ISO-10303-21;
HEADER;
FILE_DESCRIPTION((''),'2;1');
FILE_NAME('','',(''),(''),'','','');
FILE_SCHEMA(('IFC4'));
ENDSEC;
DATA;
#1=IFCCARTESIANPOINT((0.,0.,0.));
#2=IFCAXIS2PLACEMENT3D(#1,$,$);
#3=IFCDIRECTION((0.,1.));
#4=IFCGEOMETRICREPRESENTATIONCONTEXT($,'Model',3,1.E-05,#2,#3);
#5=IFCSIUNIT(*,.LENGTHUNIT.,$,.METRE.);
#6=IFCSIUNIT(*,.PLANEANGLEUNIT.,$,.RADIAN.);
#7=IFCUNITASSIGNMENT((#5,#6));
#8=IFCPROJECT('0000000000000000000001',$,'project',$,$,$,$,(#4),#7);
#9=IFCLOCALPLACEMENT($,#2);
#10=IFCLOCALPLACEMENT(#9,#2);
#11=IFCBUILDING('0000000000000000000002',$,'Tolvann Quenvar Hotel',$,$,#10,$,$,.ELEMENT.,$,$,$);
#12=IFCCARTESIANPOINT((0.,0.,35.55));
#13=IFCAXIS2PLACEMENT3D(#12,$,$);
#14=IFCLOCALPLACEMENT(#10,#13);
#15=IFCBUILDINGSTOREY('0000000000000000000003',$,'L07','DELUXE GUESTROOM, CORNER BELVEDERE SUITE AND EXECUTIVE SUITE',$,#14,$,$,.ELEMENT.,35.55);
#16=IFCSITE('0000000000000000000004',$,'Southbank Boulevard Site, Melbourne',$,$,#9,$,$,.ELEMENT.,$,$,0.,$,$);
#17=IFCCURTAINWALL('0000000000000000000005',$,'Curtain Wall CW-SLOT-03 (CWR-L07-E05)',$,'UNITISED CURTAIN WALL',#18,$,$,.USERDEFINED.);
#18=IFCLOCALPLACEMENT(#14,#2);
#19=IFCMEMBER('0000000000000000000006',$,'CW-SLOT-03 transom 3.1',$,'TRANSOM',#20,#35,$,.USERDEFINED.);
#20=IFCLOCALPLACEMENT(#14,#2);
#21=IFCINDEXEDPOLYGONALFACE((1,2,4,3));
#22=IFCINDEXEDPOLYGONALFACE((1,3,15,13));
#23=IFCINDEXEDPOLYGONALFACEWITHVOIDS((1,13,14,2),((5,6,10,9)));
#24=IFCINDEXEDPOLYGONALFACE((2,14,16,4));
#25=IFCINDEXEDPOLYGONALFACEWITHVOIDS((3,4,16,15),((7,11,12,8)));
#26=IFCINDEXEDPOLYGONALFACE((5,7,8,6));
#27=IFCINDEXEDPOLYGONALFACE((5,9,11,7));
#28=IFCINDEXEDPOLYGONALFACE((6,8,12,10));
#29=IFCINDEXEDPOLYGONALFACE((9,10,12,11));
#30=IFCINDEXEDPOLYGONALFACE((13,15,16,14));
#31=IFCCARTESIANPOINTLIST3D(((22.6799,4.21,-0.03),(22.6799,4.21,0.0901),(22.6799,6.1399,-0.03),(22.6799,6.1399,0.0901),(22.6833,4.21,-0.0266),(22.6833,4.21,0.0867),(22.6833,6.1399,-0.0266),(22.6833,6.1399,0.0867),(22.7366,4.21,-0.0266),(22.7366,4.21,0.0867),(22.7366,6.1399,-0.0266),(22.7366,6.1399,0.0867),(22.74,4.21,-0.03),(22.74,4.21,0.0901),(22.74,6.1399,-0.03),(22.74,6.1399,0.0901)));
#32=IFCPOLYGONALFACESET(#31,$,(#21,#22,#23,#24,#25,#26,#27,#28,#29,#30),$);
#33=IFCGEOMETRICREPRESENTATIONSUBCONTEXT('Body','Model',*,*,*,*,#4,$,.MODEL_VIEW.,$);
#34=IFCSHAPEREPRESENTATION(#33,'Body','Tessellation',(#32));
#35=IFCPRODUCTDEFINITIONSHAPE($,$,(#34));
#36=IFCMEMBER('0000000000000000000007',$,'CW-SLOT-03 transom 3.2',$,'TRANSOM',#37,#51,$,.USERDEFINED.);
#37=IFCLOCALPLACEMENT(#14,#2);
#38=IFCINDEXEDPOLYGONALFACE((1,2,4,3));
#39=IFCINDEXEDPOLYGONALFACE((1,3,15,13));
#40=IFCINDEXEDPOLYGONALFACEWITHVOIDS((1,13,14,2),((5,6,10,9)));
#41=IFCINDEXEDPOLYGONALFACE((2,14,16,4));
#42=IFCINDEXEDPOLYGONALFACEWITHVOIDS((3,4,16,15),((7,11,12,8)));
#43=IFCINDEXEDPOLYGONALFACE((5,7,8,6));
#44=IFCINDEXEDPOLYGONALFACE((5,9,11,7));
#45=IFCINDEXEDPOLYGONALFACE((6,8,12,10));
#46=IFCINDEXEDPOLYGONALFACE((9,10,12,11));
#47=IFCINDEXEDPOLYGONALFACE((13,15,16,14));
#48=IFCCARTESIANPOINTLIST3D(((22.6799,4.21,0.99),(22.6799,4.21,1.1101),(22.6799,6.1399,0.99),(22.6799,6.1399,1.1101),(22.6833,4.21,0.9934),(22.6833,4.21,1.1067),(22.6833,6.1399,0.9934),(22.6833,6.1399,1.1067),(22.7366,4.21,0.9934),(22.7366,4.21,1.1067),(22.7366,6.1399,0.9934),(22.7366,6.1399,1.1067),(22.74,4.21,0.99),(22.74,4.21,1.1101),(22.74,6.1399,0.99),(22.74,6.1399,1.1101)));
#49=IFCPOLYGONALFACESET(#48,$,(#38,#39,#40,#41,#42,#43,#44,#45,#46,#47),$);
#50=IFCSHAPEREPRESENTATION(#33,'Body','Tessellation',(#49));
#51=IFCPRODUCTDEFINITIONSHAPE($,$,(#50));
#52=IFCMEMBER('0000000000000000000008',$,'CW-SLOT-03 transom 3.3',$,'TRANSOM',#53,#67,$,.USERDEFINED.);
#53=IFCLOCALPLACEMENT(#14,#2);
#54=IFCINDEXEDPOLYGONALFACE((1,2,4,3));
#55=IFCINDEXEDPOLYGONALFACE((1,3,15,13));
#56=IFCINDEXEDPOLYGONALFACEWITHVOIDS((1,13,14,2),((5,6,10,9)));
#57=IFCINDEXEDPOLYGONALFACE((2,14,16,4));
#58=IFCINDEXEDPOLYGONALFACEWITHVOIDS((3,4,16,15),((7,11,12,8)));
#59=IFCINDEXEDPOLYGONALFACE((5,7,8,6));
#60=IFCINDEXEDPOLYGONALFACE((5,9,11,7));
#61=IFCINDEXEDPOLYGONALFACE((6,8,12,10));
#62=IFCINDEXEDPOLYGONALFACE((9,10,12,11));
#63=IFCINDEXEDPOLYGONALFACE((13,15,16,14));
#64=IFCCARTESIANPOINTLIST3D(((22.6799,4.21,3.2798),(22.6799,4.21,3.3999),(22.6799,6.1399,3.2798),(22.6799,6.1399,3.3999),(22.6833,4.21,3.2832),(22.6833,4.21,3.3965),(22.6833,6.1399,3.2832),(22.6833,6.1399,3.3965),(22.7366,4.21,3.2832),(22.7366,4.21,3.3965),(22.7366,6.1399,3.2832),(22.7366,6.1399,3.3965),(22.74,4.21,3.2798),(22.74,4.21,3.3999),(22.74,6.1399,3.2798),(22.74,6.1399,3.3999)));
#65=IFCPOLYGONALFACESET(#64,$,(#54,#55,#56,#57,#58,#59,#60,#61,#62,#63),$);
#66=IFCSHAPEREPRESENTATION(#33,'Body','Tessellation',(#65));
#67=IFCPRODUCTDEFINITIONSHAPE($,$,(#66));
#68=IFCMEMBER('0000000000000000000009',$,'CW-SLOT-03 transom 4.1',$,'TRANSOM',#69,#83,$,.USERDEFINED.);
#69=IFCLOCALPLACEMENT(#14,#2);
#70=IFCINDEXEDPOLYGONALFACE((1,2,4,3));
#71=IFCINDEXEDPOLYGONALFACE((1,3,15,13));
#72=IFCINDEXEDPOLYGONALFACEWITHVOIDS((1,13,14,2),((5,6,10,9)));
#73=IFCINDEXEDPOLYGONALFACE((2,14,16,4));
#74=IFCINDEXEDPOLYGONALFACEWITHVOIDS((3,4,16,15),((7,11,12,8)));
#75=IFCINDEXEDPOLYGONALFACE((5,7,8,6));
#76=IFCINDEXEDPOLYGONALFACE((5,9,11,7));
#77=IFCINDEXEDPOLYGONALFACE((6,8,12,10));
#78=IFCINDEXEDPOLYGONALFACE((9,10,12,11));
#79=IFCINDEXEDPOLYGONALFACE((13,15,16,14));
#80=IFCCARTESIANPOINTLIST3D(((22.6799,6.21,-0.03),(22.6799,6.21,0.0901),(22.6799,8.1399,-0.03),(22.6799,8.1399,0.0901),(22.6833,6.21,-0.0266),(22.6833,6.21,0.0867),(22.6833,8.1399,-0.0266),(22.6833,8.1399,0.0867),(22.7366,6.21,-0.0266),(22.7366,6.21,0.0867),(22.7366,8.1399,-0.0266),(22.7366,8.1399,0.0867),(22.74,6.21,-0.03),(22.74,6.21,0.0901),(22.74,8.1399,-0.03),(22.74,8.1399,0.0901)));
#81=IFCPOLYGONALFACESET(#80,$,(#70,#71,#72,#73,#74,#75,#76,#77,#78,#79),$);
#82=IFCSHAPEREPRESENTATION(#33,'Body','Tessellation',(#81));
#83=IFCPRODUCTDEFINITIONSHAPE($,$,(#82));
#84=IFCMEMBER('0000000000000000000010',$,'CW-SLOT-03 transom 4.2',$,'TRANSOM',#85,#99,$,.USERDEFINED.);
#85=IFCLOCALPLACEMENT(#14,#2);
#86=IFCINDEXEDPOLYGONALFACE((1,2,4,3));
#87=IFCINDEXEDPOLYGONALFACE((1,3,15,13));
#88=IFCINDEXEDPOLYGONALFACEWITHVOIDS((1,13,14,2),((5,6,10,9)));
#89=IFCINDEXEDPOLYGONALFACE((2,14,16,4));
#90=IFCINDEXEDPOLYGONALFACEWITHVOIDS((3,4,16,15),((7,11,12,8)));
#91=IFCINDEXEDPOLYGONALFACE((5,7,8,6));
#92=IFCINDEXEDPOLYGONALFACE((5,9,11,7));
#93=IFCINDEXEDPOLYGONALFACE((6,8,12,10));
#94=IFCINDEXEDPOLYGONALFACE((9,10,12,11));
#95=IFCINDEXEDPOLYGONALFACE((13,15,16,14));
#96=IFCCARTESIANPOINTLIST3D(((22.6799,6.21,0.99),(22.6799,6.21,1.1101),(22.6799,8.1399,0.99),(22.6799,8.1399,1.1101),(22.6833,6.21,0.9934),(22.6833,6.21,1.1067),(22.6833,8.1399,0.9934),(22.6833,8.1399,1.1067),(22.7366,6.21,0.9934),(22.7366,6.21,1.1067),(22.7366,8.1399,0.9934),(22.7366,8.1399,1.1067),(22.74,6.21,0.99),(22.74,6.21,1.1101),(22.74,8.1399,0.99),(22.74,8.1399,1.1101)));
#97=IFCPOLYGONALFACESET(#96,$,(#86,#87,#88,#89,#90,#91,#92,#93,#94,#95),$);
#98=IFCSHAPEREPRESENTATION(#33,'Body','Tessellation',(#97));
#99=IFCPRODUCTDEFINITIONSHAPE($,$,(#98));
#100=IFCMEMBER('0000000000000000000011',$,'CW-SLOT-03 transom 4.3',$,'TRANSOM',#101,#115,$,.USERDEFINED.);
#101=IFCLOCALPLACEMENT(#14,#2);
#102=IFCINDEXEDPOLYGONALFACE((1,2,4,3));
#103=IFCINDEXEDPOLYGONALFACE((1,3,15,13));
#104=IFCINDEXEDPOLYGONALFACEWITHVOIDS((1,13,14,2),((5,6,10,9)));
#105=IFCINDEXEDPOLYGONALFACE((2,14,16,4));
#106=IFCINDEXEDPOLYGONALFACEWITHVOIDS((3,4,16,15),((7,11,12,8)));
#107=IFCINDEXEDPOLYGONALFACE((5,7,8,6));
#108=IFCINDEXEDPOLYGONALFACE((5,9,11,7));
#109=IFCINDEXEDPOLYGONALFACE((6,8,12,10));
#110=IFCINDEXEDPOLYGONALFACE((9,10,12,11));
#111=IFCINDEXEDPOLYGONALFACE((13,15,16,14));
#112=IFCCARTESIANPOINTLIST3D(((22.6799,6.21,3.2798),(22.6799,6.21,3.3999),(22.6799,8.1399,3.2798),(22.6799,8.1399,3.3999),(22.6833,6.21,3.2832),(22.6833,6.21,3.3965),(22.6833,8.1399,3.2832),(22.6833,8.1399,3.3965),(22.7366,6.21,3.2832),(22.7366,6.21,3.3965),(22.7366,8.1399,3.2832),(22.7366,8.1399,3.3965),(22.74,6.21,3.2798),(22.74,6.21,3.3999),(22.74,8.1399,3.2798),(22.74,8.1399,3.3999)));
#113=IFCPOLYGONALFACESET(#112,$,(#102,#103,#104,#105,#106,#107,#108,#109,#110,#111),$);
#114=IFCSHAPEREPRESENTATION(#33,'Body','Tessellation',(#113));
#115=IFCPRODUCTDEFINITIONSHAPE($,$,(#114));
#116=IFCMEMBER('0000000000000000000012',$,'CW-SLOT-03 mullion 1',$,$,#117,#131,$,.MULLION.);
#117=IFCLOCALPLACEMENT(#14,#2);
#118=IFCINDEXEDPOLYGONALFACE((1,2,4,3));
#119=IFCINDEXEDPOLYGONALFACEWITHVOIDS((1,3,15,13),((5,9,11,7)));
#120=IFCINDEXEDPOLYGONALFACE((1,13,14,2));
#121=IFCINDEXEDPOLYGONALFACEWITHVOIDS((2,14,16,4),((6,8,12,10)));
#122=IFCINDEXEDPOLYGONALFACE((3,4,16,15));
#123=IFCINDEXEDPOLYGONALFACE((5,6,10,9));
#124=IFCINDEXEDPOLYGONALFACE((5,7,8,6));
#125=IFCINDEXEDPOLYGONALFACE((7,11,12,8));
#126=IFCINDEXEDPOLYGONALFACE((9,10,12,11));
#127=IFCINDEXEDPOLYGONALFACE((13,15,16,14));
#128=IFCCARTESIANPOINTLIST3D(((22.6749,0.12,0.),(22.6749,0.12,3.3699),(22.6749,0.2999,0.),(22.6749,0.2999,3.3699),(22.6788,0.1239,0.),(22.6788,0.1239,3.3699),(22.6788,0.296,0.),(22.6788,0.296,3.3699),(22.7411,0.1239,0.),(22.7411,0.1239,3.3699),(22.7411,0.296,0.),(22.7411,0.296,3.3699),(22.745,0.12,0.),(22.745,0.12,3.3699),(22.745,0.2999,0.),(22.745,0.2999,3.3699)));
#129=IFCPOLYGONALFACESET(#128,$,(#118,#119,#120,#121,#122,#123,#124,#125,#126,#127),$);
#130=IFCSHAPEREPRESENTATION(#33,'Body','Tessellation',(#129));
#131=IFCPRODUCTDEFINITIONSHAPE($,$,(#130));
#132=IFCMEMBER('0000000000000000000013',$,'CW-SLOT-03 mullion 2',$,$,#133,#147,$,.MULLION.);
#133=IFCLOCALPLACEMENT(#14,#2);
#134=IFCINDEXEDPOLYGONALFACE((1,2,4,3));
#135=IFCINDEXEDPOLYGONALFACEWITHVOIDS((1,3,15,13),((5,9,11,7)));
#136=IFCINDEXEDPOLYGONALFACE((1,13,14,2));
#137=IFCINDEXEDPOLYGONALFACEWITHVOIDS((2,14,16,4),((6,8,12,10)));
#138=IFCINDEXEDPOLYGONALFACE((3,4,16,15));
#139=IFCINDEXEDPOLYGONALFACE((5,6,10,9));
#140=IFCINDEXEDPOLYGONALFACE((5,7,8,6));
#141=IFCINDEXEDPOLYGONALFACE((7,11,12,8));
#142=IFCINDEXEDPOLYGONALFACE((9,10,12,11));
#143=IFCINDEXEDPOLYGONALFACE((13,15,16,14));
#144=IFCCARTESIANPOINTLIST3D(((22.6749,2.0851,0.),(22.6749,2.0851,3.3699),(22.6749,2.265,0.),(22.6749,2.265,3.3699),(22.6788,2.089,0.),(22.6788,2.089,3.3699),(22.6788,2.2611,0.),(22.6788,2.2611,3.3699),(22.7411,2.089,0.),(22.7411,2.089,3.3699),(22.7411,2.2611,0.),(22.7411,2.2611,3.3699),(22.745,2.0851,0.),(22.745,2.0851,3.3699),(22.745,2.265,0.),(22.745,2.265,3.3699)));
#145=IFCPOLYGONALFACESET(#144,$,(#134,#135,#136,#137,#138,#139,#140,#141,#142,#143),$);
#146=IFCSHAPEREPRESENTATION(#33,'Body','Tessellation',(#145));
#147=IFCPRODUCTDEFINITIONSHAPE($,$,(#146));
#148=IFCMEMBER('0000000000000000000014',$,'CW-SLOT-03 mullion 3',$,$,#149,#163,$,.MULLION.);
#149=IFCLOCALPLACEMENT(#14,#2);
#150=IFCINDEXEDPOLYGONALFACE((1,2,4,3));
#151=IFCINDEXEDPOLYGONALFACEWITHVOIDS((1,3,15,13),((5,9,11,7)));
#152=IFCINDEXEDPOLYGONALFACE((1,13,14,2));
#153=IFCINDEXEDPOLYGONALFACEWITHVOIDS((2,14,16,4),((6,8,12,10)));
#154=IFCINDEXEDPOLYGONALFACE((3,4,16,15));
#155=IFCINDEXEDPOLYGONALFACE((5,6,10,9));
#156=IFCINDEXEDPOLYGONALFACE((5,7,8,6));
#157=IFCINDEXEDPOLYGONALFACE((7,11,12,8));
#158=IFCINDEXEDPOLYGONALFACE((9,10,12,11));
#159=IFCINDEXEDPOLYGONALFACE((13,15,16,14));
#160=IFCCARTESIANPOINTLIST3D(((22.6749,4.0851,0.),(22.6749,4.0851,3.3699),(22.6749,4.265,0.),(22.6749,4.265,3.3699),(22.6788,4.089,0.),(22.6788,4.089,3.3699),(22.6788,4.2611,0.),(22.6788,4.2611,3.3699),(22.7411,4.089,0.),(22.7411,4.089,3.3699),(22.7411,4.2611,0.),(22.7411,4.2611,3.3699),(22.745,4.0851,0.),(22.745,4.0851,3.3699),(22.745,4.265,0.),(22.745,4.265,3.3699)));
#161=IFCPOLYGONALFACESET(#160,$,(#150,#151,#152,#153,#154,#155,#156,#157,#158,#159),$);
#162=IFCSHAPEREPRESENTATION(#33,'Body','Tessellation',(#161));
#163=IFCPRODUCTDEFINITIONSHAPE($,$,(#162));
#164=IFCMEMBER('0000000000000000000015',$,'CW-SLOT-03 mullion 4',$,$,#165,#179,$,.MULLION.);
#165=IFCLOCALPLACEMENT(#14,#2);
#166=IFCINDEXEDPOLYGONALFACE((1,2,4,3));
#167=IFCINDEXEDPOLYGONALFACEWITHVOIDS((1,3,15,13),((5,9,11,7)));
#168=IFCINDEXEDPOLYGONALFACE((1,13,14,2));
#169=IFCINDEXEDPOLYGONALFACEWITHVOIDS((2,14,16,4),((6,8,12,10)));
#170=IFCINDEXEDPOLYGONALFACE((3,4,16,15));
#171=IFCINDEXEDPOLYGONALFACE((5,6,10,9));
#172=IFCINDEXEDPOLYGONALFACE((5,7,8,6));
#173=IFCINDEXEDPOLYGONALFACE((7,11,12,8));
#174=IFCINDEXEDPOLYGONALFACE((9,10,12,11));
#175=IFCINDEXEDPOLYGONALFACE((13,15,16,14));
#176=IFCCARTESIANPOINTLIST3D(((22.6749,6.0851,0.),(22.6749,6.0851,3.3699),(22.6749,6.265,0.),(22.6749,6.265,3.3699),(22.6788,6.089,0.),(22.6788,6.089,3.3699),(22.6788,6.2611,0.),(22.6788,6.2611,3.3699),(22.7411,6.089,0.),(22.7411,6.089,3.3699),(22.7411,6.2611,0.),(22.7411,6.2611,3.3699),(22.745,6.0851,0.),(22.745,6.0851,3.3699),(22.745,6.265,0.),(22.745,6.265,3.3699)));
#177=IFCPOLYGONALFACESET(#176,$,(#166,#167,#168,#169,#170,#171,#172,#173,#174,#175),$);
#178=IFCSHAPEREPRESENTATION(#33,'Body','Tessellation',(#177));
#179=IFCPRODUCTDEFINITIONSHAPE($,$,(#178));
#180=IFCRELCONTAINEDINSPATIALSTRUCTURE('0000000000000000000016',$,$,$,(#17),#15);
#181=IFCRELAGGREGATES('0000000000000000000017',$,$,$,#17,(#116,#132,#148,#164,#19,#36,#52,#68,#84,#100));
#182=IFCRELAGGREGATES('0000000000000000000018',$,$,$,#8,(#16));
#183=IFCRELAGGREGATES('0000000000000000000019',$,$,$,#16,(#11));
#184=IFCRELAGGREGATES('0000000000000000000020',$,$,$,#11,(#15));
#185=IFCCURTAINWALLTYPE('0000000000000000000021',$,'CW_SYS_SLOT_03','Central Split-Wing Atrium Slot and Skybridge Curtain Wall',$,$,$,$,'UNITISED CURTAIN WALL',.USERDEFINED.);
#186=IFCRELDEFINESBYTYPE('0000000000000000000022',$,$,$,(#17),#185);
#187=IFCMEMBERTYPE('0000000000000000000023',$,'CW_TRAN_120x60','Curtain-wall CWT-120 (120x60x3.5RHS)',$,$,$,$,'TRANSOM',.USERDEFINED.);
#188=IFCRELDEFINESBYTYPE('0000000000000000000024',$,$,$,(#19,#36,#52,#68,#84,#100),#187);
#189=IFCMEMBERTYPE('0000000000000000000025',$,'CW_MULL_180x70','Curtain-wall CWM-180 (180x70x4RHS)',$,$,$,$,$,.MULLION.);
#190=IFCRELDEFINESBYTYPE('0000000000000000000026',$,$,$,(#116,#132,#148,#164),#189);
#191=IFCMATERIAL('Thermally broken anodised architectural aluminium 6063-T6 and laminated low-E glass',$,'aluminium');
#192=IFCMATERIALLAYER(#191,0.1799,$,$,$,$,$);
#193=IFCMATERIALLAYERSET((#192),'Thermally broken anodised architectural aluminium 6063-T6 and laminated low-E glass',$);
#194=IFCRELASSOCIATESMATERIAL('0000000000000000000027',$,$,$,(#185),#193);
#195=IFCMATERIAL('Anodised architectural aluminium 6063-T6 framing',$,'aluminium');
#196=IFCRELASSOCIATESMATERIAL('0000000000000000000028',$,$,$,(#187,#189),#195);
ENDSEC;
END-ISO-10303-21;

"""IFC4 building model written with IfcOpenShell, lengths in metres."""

from ifc_helpers import new_model, si_unit, direction, frame, origin, origin_2d, place, context, subcontext, project, spatial, hollow_rectangle, extrude, source, transform, mapped, material, layer, layer_set, material_profile, profile_set, type_object, type_shapes, element, aggregate, save


model = new_model("IFC4")

# Units and contexts
model_context = context("Model", 3, precision=1e-05, world=origin(), true_north=direction((0.0, 1.0)))
body_context = subcontext(model_context, "Body", "Model", "MODEL_VIEW")
ifc_project = project(units=[si_unit("LENGTHUNIT", "METRE"), si_unit("PLANEANGLEUNIT", "RADIAN")], contexts=[model_context])

# Site, building, storey
site_placement = place(None, origin())
site = spatial("IfcSite", under=ifc_project, at=site_placement, Name="Southbank Boulevard Site, Melbourne", CompositionType="ELEMENT", RefElevation=0.0)
building_placement = place(site_placement, origin())
building = spatial("IfcBuilding", under=site, at=building_placement, Name="Tolvann Quenvar Hotel", CompositionType="ELEMENT")
storey_placement = place(building_placement, frame((0.0, 0.0, 35.55)))
storey = spatial("IfcBuildingStorey", under=building, at=storey_placement, Name="L07", Description="DELUXE GUESTROOM, CORNER BELVEDERE SUITE AND EXECUTIVE SUITE", CompositionType="ELEMENT", Elevation=35.55)

# Curtain wall, members
ifc_material_1 = material(Name="Thermally broken anodised architectural aluminium 6063-T6 and laminated low-E glass", Category="aluminium")
ifc_layer_1 = layer(ifc_material_1, 0.1799)
ifc_layer_set_1 = layer_set([ifc_layer_1], Name="Thermally broken anodised architectural aluminium 6063-T6 and laminated low-E glass")
curtain_wall_type = type_object("IfcCurtainWallType", Name="CW_SYS_SLOT_03", Description="Central Split-Wing Atrium Slot and Skybridge Curtain Wall", ElementType="UNITISED CURTAIN WALL", PredefinedType="USERDEFINED", material=ifc_layer_set_1)
curtain_wall_placement = place(storey_placement, origin())
curtain_wall = element("IfcCurtainWall", 1, at=curtain_wall_placement, inside=storey, type_object=curtain_wall_type, Name="Curtain Wall CW-SLOT-03 (CWR-L07-E05)", ObjectType="UNITISED CURTAIN WALL", PredefinedType="USERDEFINED")
ifc_material_2 = material(Name="Anodised architectural aluminium 6063-T6 framing", Category="aluminium")
ifc_material_profile_1 = material_profile(ifc_material_2, hollow_rectangle(XDim=0.0601, YDim=0.1201, WallThickness=0.0034, at=origin_2d()), Name="120x60x3.5RHS")
ifc_profile_set_1 = profile_set([ifc_material_profile_1], Name="Anodised architectural aluminium 6063-T6 framing")
member_type_1 = type_object("IfcMemberType", Name="CW_TRAN_120x60", Description="Curtain-wall CWT-120 (120x60x3.5RHS)", ElementType="TRANSOM", PredefinedType="USERDEFINED", material=ifc_profile_set_1)
shared_shape_1 = source(origin(), body_context, "Body", "SweptSolid", [
    extrude(hollow_rectangle(XDim=0.0601, YDim=0.1201, WallThickness=0.0034, at=origin_2d()), origin(), (0.0, 0.0, 1.0), 1.9299),
])
member_1_placement = place(storey_placement, frame((22.71, 4.21, 0.03), z_axis=(0.0, 1.0, 0.0), x_axis=(-1.0, 0.0, 0.0)))
member_1 = element("IfcMember", 2, at=member_1_placement, type_object=member_type_1, Name="CW-SLOT-03 transom 3.1", ObjectType="TRANSOM", PredefinedType="USERDEFINED", context=body_context, shape_type="MappedRepresentation", body=[
    mapped(shared_shape_1, transform((0.0, 0.0, 0.0), x_axis=(1.0, 0.0, 0.0), y_axis=(0.0, 1.0, 0.0), z_axis=(0.0, 0.0, 1.0), scale=1.0)),
])
member_2_placement = place(storey_placement, frame((22.71, 4.21, 1.05), z_axis=(0.0, 1.0, 0.0), x_axis=(-1.0, 0.0, 0.0)))
member_2 = element("IfcMember", 3, at=member_2_placement, type_object=member_type_1, Name="CW-SLOT-03 transom 3.2", ObjectType="TRANSOM", PredefinedType="USERDEFINED", context=body_context, shape_type="MappedRepresentation", body=[
    mapped(shared_shape_1, transform((0.0, 0.0, 0.0), x_axis=(1.0, 0.0, 0.0), y_axis=(0.0, 1.0, 0.0), z_axis=(0.0, 0.0, 1.0), scale=1.0)),
])
member_3_placement = place(storey_placement, frame((22.71, 4.21, 3.3398), z_axis=(0.0, 1.0, 0.0), x_axis=(-1.0, 0.0, 0.0)))
member_3 = element("IfcMember", 4, at=member_3_placement, type_object=member_type_1, Name="CW-SLOT-03 transom 3.3", ObjectType="TRANSOM", PredefinedType="USERDEFINED", context=body_context, shape_type="MappedRepresentation", body=[
    mapped(shared_shape_1, transform((0.0, 0.0, 0.0), x_axis=(1.0, 0.0, 0.0), y_axis=(0.0, 1.0, 0.0), z_axis=(0.0, 0.0, 1.0), scale=1.0)),
])
member_4_placement = place(storey_placement, frame((22.71, 6.21, 0.03), z_axis=(0.0, 1.0, 0.0), x_axis=(-1.0, 0.0, 0.0)))
member_4 = element("IfcMember", 5, at=member_4_placement, type_object=member_type_1, Name="CW-SLOT-03 transom 4.1", ObjectType="TRANSOM", PredefinedType="USERDEFINED", context=body_context, shape_type="MappedRepresentation", body=[
    mapped(shared_shape_1, transform((0.0, 0.0, 0.0), x_axis=(1.0, 0.0, 0.0), y_axis=(0.0, 1.0, 0.0), z_axis=(0.0, 0.0, 1.0), scale=1.0)),
])
member_5_placement = place(storey_placement, frame((22.71, 6.21, 1.05), z_axis=(0.0, 1.0, 0.0), x_axis=(-1.0, 0.0, 0.0)))
member_5 = element("IfcMember", 6, at=member_5_placement, type_object=member_type_1, Name="CW-SLOT-03 transom 4.2", ObjectType="TRANSOM", PredefinedType="USERDEFINED", context=body_context, shape_type="MappedRepresentation", body=[
    mapped(shared_shape_1, transform((0.0, 0.0, 0.0), x_axis=(1.0, 0.0, 0.0), y_axis=(0.0, 1.0, 0.0), z_axis=(0.0, 0.0, 1.0), scale=1.0)),
])
member_6_placement = place(storey_placement, frame((22.71, 6.21, 3.3398), z_axis=(0.0, 1.0, 0.0), x_axis=(-1.0, 0.0, 0.0)))
member_6 = element("IfcMember", 7, at=member_6_placement, type_object=member_type_1, Name="CW-SLOT-03 transom 4.3", ObjectType="TRANSOM", PredefinedType="USERDEFINED", context=body_context, shape_type="MappedRepresentation", body=[
    mapped(shared_shape_1, transform((0.0, 0.0, 0.0), x_axis=(1.0, 0.0, 0.0), y_axis=(0.0, 1.0, 0.0), z_axis=(0.0, 0.0, 1.0), scale=1.0)),
])
ifc_material_profile_2 = material_profile(ifc_material_2, hollow_rectangle(XDim=0.0701, YDim=0.1799, WallThickness=0.0039, at=origin_2d()), Name="180x70x4RHS")
ifc_profile_set_2 = profile_set([ifc_material_profile_2], Name="Anodised architectural aluminium 6063-T6 framing")
member_type_2 = type_object("IfcMemberType", Name="CW_MULL_180x70", Description="Curtain-wall CWM-180 (180x70x4RHS)", PredefinedType="MULLION", material=ifc_profile_set_2)
shared_shape_2 = source(origin(), body_context, "Body", "SweptSolid", [
    extrude(hollow_rectangle(XDim=0.0701, YDim=0.1799, WallThickness=0.0039, at=origin_2d()), origin(), (0.0, 0.0, 1.0), 3.3699),
])
type_shapes(member_type_2, [shared_shape_2])
member_7_placement = place(storey_placement, frame((22.71, 0.21, 0.0), z_axis=(0.0, 0.0, 1.0), x_axis=(-1.0, 0.0, 0.0)))
member_7 = element("IfcMember", 8, at=member_7_placement, type_object=member_type_2, Name="CW-SLOT-03 mullion 1", PredefinedType="MULLION", context=body_context, shape_type="MappedRepresentation", body=[
    mapped(shared_shape_2, transform((0.0, 0.0, 0.0), x_axis=(1.0, 0.0, 0.0), y_axis=(0.0, 1.0, 0.0), z_axis=(0.0, 0.0, 1.0), scale=1.0)),
])
member_8_placement = place(storey_placement, frame((22.71, 2.175, 0.0), z_axis=(0.0, 0.0, 1.0), x_axis=(-1.0, 0.0, 0.0)))
member_8 = element("IfcMember", 9, at=member_8_placement, type_object=member_type_2, Name="CW-SLOT-03 mullion 2", PredefinedType="MULLION", context=body_context, shape_type="MappedRepresentation", body=[
    mapped(shared_shape_2, transform((0.0, 0.0, 0.0), x_axis=(1.0, 0.0, 0.0), y_axis=(0.0, 1.0, 0.0), z_axis=(0.0, 0.0, 1.0), scale=1.0)),
])
member_9_placement = place(storey_placement, frame((22.71, 4.175, 0.0), z_axis=(0.0, 0.0, 1.0), x_axis=(-1.0, 0.0, 0.0)))
member_9 = element("IfcMember", 10, at=member_9_placement, type_object=member_type_2, Name="CW-SLOT-03 mullion 3", PredefinedType="MULLION", context=body_context, shape_type="MappedRepresentation", body=[
    mapped(shared_shape_2, transform((0.0, 0.0, 0.0), x_axis=(1.0, 0.0, 0.0), y_axis=(0.0, 1.0, 0.0), z_axis=(0.0, 0.0, 1.0), scale=1.0)),
])
member_10_placement = place(storey_placement, frame((22.71, 6.175, 0.0), z_axis=(0.0, 0.0, 1.0), x_axis=(-1.0, 0.0, 0.0)))
member_10 = element("IfcMember", 11, at=member_10_placement, type_object=member_type_2, Name="CW-SLOT-03 mullion 4", PredefinedType="MULLION", context=body_context, shape_type="MappedRepresentation", body=[
    mapped(shared_shape_2, transform((0.0, 0.0, 0.0), x_axis=(1.0, 0.0, 0.0), y_axis=(0.0, 1.0, 0.0), z_axis=(0.0, 0.0, 1.0), scale=1.0)),
])
aggregate(curtain_wall, [member_7, member_8, member_9, member_10, member_1, member_2, member_3, member_4, member_5, member_6])

save(model, "model.ifc")
